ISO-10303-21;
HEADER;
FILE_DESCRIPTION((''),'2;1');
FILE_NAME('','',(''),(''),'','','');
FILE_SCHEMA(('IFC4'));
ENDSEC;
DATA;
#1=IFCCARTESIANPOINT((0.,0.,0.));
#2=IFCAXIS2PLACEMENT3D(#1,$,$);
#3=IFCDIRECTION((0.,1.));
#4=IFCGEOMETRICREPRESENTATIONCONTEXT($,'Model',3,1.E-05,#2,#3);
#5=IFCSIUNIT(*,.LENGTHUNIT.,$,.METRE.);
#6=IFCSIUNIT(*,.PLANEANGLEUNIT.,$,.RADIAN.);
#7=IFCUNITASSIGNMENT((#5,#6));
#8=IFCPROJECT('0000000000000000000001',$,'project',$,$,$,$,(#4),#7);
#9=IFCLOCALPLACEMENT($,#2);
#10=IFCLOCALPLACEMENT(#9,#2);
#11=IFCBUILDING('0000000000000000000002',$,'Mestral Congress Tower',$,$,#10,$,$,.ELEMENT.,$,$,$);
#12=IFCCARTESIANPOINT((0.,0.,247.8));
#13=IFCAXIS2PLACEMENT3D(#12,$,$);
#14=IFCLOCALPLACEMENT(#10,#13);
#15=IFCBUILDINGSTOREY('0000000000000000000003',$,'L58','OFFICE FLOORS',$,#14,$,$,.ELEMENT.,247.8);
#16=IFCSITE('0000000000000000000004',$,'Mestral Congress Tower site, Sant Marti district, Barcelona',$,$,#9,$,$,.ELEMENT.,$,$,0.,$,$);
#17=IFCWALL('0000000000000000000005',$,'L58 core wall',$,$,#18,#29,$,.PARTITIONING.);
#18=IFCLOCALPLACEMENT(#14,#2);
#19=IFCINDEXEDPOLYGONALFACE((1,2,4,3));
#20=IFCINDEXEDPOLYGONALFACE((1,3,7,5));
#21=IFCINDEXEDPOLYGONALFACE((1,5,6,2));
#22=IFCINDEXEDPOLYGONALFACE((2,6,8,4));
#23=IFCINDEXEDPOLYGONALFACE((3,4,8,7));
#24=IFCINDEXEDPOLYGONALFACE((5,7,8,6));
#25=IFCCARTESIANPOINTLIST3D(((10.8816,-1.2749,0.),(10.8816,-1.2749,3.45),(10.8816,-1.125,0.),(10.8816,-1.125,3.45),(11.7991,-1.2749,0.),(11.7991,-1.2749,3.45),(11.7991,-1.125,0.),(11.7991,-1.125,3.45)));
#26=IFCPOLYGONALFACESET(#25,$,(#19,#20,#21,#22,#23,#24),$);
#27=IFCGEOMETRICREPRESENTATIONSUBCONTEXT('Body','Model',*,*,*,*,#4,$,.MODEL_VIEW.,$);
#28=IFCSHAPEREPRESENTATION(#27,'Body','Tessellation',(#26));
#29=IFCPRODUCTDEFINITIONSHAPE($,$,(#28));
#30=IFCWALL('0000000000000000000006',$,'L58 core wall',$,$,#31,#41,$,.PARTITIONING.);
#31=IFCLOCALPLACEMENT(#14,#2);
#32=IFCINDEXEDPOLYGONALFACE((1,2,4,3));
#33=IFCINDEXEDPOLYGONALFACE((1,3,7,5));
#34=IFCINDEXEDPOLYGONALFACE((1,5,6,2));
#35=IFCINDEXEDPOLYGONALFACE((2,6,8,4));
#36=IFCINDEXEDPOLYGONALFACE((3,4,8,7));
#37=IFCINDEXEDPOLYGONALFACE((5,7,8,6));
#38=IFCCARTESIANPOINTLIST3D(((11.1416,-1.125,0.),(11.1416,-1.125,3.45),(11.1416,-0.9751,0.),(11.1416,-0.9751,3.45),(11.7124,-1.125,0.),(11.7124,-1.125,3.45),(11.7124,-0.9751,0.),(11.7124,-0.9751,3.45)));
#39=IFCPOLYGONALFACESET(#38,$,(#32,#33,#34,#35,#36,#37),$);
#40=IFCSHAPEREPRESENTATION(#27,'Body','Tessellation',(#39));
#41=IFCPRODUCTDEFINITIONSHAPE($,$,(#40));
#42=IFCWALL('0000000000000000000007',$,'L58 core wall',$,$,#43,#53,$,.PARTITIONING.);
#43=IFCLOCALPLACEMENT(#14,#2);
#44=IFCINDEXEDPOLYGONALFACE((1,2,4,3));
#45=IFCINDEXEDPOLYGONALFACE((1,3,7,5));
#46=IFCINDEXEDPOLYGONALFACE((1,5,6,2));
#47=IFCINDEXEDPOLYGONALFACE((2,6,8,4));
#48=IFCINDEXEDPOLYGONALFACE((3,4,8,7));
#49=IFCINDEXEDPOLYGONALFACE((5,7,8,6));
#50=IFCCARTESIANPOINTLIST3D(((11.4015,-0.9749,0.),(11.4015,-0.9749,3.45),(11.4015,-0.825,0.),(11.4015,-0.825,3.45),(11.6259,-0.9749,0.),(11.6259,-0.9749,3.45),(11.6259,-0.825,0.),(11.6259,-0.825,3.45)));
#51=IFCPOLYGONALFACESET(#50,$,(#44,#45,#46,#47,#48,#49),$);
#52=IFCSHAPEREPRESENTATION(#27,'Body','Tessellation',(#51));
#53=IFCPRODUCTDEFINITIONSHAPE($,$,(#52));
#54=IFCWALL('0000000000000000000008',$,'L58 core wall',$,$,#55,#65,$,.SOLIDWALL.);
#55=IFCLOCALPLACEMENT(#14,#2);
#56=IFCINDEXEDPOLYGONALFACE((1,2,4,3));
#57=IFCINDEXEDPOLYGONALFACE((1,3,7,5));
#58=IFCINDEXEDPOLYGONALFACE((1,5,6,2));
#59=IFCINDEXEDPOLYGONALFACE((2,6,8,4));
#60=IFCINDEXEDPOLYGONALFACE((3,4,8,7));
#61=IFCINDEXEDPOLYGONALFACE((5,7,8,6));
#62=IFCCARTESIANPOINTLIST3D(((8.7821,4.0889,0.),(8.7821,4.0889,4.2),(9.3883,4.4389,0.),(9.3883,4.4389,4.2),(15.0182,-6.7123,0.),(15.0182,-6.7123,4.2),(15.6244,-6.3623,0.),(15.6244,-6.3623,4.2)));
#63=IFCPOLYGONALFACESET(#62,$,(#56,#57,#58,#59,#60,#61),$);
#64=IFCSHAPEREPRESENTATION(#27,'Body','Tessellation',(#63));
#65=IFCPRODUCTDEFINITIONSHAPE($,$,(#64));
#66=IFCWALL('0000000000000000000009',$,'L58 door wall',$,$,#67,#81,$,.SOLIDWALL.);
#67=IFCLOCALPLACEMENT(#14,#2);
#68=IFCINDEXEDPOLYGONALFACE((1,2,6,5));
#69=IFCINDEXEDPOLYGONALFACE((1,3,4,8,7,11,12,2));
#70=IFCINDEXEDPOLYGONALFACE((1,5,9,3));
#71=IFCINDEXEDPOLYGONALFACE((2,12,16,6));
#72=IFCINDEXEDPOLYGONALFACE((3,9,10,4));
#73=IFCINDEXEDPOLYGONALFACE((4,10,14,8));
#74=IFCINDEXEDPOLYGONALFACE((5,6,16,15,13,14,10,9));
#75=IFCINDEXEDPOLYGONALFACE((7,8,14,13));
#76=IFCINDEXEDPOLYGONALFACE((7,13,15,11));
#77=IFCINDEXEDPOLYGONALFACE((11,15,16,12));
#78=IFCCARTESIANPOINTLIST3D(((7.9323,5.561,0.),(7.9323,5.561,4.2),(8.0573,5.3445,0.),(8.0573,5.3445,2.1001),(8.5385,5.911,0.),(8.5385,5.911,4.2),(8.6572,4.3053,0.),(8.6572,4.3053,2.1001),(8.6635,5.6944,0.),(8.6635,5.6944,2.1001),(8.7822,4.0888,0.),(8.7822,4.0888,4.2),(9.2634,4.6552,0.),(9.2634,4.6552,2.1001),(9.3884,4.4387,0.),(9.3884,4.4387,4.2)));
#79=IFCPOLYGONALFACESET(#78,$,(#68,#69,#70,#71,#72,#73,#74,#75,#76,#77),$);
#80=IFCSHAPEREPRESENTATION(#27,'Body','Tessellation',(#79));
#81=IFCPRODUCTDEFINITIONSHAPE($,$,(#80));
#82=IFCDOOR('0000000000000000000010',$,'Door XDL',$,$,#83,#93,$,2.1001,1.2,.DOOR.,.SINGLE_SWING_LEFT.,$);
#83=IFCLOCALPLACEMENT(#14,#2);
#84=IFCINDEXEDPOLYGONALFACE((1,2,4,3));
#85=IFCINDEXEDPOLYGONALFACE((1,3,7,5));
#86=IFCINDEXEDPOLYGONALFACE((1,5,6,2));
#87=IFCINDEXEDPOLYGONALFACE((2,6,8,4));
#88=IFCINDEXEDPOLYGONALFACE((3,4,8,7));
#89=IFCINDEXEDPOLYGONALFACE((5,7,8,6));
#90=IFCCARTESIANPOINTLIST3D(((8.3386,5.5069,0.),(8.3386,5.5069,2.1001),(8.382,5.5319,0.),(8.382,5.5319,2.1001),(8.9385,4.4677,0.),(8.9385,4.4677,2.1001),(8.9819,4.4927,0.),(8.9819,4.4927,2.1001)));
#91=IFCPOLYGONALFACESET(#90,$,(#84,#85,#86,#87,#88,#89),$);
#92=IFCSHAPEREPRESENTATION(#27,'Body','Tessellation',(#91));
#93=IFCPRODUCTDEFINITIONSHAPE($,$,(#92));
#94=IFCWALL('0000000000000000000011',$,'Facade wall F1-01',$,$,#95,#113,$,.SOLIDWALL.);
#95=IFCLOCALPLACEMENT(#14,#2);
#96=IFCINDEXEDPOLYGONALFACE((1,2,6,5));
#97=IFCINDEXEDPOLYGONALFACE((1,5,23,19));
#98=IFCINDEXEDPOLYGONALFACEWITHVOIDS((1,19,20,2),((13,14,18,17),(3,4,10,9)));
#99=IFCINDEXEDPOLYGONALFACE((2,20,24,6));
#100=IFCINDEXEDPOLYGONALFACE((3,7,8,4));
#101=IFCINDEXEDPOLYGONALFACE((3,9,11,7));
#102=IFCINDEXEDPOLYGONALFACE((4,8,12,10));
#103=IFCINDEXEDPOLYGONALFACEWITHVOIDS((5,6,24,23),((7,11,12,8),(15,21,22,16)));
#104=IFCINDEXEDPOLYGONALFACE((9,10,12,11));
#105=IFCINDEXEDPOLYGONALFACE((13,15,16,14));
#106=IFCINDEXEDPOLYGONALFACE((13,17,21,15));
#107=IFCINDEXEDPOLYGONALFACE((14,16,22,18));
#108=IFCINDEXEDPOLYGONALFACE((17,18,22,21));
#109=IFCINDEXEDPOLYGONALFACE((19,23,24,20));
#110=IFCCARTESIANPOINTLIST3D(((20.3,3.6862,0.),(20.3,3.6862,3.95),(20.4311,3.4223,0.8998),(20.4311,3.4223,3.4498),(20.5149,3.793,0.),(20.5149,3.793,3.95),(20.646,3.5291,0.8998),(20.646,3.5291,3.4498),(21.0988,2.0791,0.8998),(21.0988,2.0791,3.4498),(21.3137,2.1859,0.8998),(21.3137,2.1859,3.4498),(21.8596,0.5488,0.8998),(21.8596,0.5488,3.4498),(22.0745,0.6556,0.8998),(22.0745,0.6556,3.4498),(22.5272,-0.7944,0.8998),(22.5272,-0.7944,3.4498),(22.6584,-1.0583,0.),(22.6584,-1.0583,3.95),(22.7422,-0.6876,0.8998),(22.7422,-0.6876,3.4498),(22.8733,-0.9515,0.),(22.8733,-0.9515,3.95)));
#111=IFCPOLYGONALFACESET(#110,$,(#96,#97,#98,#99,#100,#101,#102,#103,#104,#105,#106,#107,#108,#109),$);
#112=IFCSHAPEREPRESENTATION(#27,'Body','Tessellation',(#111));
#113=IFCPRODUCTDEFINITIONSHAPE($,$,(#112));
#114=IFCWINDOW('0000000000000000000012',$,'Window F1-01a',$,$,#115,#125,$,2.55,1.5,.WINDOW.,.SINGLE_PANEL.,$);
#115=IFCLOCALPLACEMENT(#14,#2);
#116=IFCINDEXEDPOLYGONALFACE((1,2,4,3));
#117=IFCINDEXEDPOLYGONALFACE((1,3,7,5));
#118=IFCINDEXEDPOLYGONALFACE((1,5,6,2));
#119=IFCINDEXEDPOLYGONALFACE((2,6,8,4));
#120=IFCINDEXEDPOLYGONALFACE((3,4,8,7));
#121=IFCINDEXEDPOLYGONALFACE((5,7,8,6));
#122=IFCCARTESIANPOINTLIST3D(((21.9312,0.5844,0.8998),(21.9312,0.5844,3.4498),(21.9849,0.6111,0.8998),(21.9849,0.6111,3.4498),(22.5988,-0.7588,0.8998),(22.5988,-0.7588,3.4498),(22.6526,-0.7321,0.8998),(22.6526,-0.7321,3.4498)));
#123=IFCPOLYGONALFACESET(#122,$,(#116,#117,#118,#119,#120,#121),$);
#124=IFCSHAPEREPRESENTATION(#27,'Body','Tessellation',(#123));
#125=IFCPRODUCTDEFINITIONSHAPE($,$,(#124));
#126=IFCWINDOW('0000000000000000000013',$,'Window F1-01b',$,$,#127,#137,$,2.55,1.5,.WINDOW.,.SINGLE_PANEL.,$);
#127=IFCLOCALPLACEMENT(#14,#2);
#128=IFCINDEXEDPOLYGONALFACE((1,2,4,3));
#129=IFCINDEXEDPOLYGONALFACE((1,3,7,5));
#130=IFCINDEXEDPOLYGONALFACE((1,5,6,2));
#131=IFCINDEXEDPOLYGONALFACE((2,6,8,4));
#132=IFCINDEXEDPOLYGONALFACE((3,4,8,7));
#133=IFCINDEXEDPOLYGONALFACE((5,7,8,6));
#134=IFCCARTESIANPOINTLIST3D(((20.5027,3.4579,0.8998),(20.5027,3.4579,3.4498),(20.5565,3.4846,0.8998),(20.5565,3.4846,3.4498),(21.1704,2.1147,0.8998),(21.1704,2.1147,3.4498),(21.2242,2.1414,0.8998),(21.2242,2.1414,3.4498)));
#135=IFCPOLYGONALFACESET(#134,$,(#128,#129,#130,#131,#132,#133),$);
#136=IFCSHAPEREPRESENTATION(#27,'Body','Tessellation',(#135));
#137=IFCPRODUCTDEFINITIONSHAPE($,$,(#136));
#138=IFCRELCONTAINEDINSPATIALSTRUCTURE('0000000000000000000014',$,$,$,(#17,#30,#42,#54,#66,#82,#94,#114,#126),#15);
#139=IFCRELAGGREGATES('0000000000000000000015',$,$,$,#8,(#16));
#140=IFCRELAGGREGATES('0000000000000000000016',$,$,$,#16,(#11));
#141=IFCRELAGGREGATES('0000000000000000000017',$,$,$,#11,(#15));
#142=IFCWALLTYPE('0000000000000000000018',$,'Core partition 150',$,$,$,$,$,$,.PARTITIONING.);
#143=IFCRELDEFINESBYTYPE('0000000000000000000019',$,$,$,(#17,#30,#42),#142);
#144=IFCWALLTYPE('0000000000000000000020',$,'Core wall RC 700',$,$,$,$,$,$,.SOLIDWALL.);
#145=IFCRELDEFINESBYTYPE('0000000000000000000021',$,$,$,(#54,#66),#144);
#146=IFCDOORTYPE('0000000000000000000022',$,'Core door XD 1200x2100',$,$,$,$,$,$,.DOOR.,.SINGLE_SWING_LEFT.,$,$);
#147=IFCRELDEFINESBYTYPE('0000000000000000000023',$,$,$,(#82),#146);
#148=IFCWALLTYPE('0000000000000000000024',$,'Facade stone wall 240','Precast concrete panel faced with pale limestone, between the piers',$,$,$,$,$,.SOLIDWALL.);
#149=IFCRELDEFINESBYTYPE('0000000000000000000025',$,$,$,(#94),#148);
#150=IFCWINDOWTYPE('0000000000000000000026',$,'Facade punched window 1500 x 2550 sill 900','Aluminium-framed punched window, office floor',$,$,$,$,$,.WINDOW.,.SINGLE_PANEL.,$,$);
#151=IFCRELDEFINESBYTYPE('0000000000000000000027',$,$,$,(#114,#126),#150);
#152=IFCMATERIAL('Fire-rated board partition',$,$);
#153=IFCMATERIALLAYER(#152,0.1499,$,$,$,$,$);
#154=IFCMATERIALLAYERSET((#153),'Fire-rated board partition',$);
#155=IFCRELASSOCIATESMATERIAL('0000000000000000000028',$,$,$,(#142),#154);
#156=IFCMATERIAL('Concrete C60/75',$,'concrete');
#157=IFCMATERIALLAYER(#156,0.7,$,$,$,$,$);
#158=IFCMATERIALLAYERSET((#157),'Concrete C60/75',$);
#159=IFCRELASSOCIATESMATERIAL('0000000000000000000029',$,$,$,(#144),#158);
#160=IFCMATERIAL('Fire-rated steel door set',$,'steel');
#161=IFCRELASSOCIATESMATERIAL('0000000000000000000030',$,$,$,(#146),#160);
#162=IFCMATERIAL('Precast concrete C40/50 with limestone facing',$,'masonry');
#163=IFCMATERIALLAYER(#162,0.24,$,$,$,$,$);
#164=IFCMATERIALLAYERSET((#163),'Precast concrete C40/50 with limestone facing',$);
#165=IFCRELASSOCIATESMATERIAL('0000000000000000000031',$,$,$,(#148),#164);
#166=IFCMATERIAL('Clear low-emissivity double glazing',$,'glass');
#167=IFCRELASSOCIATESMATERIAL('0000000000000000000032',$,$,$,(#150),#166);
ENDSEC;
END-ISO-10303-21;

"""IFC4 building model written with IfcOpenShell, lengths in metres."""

from ifc_helpers import new_model, si_unit, direction, frame, frame_2d, origin, place, context, subcontext, project, spatial, rectangle, extrude, material, layer, layer_set, type_object, element, fill, save


model = new_model("IFC4")

# Units and contexts
model_context = context("Model", 3, precision=1e-05, world=origin(), true_north=direction((0.0, 1.0)))
body_context = subcontext(model_context, "Body", "Model", "MODEL_VIEW")
ifc_project = project(units=[si_unit("LENGTHUNIT", "METRE"), si_unit("PLANEANGLEUNIT", "RADIAN")], contexts=[model_context])

# Site, building, storey
site_placement = place(None, origin())
site = spatial("IfcSite", under=ifc_project, at=site_placement, Name="Mestral Congress Tower site, Sant Marti district, Barcelona", CompositionType="ELEMENT", RefElevation=0.0)
building_placement = place(site_placement, origin())
building = spatial("IfcBuilding", under=site, at=building_placement, Name="Mestral Congress Tower", CompositionType="ELEMENT")
storey_placement = place(building_placement, frame((0.0, 0.0, 247.8)))
storey = spatial("IfcBuildingStorey", under=building, at=storey_placement, Name="L58", Description="OFFICE FLOORS", CompositionType="ELEMENT", Elevation=247.8)

# Shared definitions
ifc_material_1 = material(Name="Concrete C60/75", Category="concrete")

# Walls
ifc_material_2 = material(Name="Fire-rated board partition")
ifc_layer_1 = layer(ifc_material_2, 0.1499)
ifc_layer_set_1 = layer_set([ifc_layer_1], Name="Fire-rated board partition")
wall_type_1 = type_object("IfcWallType", Name="Core partition 150", PredefinedType="PARTITIONING", material=ifc_layer_set_1)
wall_1_placement = place(storey_placement, frame((10.8816, -1.2, 0.0), z_axis=(0.0, 0.0, 1.0), x_axis=(1.0, 0.0, 0.0)))
element("IfcWall", 1, at=wall_1_placement, inside=storey, type_object=wall_type_1, Name="L58 core wall", PredefinedType="PARTITIONING", context=body_context, shape_type="SweptSolid", body=[
    extrude(rectangle(XDim=0.9175, YDim=0.1499, at=frame_2d((0.4587, 0.0))), origin(), (0.0, 0.0, 1.0), 3.45),
])
wall_2_placement = place(storey_placement, frame((11.7124, -1.05, 0.0), z_axis=(0.0, 0.0, 1.0), x_axis=(-1.0, 0.0, 0.0)))
element("IfcWall", 2, at=wall_2_placement, inside=storey, type_object=wall_type_1, Name="L58 core wall", PredefinedType="PARTITIONING", context=body_context, shape_type="SweptSolid", body=[
    extrude(rectangle(XDim=0.5708, YDim=0.1499, at=frame_2d((0.2854, 0.0))), origin(), (0.0, 0.0, 1.0), 3.45),
])
wall_3_placement = place(storey_placement, frame((11.4014, -0.8999, 0.0), z_axis=(0.0, 0.0, 1.0), x_axis=(1.0, 0.0, 0.0)))
element("IfcWall", 3, at=wall_3_placement, inside=storey, type_object=wall_type_1, Name="L58 core wall", PredefinedType="PARTITIONING", context=body_context, shape_type="SweptSolid", body=[
    extrude(rectangle(XDim=0.2244, YDim=0.1499, at=frame_2d((0.1123, 0.0))), origin(), (0.0, 0.0, 1.0), 3.45),
])
ifc_layer_2 = layer(ifc_material_1, 0.7)
ifc_layer_set_2 = layer_set([ifc_layer_2], Name="Concrete C60/75")
wall_type_2 = type_object("IfcWallType", Name="Core wall RC 700", PredefinedType="SOLIDWALL", material=ifc_layer_set_2)
wall_4_placement = place(storey_placement, frame((9.0852, 4.2639, 0.0), z_axis=(0.0, 0.0, 1.0), x_axis=(0.499998, -0.866027, 0.0)))
element("IfcWall", 4, at=wall_4_placement, inside=storey, type_object=wall_type_2, Name="L58 core wall", PredefinedType="SOLIDWALL", context=body_context, shape_type="SweptSolid", body=[
    extrude(rectangle(XDim=12.4722, YDim=0.7, at=frame_2d((6.2361, 0.0))), origin(), (0.0, 0.0, 1.0), 4.2),
])

# Wall, opening, door
wall_5_placement = place(storey_placement, frame((8.2354, 5.7361, 0.0), z_axis=(0.0, 0.0, 1.0), x_axis=(0.499955, -0.866052, 0.0)))
wall_5 = element("IfcWall", 5, at=wall_5_placement, inside=storey, type_object=wall_type_2, Name="L58 door wall", PredefinedType="SOLIDWALL", context=body_context, shape_type="SweptSolid", body=[
    extrude(rectangle(XDim=1.7, YDim=0.7, at=frame_2d((0.8501, 0.0))), origin(), (0.0, 0.0, 1.0), 4.2),
])
opening_1_placement = place(wall_5_placement, frame((0.25, 0.0, 0.0)))
opening_1 = element("IfcOpeningElement", 6, at=opening_1_placement, cuts=wall_5, PredefinedType="OPENING", context=body_context, shape_type="SweptSolid", body=[
    extrude(rectangle(XDim=1.2, YDim=2.1001, at=frame_2d((0.6001, 1.05))), frame((0.0, 0.3599, 0.0), z_axis=(0.0, -1.0, 0.0), x_axis=(1.0, 0.0, 0.0)), (0.0, 0.0, 1.0), 0.72),
])
ifc_material_3 = material(Name="Fire-rated steel door set", Category="steel")
door_type_1 = type_object("IfcDoorType", Name="Core door XD 1200x2100", OperationType="SINGLE_SWING_LEFT", PredefinedType="DOOR", material=ifc_material_3)
door_1_placement = place(opening_1_placement, origin())
door_1 = element("IfcDoor", 7, at=door_1_placement, inside=storey, type_object=door_type_1, Name="Door XDL", OperationType="SINGLE_SWING_LEFT", OverallHeight=2.1001, OverallWidth=1.2, PredefinedType="DOOR", context=body_context, shape_type="SweptSolid", body=[
    extrude(rectangle(XDim=1.2, YDim=2.1001, at=frame_2d((0.6001, 1.05))), frame((0.0, 0.0249, 0.0), z_axis=(0.0, -1.0, 0.0), x_axis=(1.0, 0.0, 0.0)), (0.0, 0.0, 1.0), 0.05),
])
fill(opening_1, door_1)

# Wall, openings, windows
ifc_material_4 = material(Name="Precast concrete C40/50 with limestone facing", Category="masonry")
ifc_layer_3 = layer(ifc_material_4, 0.24)
ifc_layer_set_3 = layer_set([ifc_layer_3], Name="Precast concrete C40/50 with limestone facing")
wall_type_3 = type_object("IfcWallType", Name="Facade stone wall 240", Description="Precast concrete panel faced with pale limestone, between the piers", PredefinedType="SOLIDWALL", material=ifc_layer_set_3)
wall_6_placement = place(storey_placement, frame((22.7659, -1.0049, 0.0), z_axis=(0.0, 0.0, 1.0), x_axis=(-0.44513, 0.895466, 0.0)))
wall_6 = element("IfcWall", 8, at=wall_6_placement, inside=storey, type_object=wall_type_3, Name="Facade wall F1-01", PredefinedType="SOLIDWALL", context=body_context, shape_type="SweptSolid", body=[
    extrude(rectangle(XDim=5.2983, YDim=0.24, at=frame_2d((2.6492, 0.0))), origin(), (0.0, 0.0, 1.0), 3.95),
])
opening_2_placement = place(wall_6_placement, frame((0.2947, 0.0, 0.8999)))
opening_2 = element("IfcOpeningElement", 9, at=opening_2_placement, cuts=wall_6, PredefinedType="OPENING", context=body_context, shape_type="SweptSolid", body=[
    extrude(rectangle(XDim=1.5, YDim=2.55, at=frame_2d((0.75, 1.2749))), frame((0.0, 0.1299, 0.0), z_axis=(0.0, -1.0, 0.0), x_axis=(1.0, 0.0, 0.0)), (0.0, 0.0, 1.0), 0.26),
])
opening_3_placement = place(wall_6_placement, frame((3.5037, 0.0, 0.8999)))
opening_3 = element("IfcOpeningElement", 10, at=opening_3_placement, cuts=wall_6, PredefinedType="OPENING", context=body_context, shape_type="SweptSolid", body=[
    extrude(rectangle(XDim=1.5, YDim=2.55, at=frame_2d((0.75, 1.2749))), frame((0.0, 0.1299, 0.0), z_axis=(0.0, -1.0, 0.0), x_axis=(1.0, 0.0, 0.0)), (0.0, 0.0, 1.0), 0.26),
])
ifc_material_5 = material(Name="Clear low-emissivity double glazing", Category="glass")
window_type = type_object("IfcWindowType", Name="Facade punched window 1500 x 2550 sill 900", Description="Aluminium-framed punched window, office floor", PartitioningType="SINGLE_PANEL", PredefinedType="WINDOW", material=ifc_material_5)
window_1_placement = place(opening_2_placement, origin())
window_1 = element("IfcWindow", 11, at=window_1_placement, inside=storey, type_object=window_type, Name="Window F1-01a", OverallHeight=2.55, OverallWidth=1.5, PartitioningType="SINGLE_PANEL", PredefinedType="WINDOW", context=body_context, shape_type="SweptSolid", body=[
    extrude(rectangle(XDim=1.5, YDim=2.55, at=frame_2d((0.75, 1.2749))), frame((0.0, 0.04, 0.0), z_axis=(0.0, -1.0, 0.0), x_axis=(1.0, 0.0, 0.0)), (0.0, 0.0, 1.0), 0.0601),
])
fill(opening_2, window_1)
window_2_placement = place(opening_3_placement, origin())
window_2 = element("IfcWindow", 12, at=window_2_placement, inside=storey, type_object=window_type, Name="Window F1-01b", OverallHeight=2.55, OverallWidth=1.5, PartitioningType="SINGLE_PANEL", PredefinedType="WINDOW", context=body_context, shape_type="SweptSolid", body=[
    extrude(rectangle(XDim=1.5, YDim=2.55, at=frame_2d((0.75, 1.2749))), frame((0.0, 0.04, 0.0), z_axis=(0.0, -1.0, 0.0), x_axis=(1.0, 0.0, 0.0)), (0.0, 0.0, 1.0), 0.0601),
])
fill(opening_3, window_2)

save(model, "model.ifc")
